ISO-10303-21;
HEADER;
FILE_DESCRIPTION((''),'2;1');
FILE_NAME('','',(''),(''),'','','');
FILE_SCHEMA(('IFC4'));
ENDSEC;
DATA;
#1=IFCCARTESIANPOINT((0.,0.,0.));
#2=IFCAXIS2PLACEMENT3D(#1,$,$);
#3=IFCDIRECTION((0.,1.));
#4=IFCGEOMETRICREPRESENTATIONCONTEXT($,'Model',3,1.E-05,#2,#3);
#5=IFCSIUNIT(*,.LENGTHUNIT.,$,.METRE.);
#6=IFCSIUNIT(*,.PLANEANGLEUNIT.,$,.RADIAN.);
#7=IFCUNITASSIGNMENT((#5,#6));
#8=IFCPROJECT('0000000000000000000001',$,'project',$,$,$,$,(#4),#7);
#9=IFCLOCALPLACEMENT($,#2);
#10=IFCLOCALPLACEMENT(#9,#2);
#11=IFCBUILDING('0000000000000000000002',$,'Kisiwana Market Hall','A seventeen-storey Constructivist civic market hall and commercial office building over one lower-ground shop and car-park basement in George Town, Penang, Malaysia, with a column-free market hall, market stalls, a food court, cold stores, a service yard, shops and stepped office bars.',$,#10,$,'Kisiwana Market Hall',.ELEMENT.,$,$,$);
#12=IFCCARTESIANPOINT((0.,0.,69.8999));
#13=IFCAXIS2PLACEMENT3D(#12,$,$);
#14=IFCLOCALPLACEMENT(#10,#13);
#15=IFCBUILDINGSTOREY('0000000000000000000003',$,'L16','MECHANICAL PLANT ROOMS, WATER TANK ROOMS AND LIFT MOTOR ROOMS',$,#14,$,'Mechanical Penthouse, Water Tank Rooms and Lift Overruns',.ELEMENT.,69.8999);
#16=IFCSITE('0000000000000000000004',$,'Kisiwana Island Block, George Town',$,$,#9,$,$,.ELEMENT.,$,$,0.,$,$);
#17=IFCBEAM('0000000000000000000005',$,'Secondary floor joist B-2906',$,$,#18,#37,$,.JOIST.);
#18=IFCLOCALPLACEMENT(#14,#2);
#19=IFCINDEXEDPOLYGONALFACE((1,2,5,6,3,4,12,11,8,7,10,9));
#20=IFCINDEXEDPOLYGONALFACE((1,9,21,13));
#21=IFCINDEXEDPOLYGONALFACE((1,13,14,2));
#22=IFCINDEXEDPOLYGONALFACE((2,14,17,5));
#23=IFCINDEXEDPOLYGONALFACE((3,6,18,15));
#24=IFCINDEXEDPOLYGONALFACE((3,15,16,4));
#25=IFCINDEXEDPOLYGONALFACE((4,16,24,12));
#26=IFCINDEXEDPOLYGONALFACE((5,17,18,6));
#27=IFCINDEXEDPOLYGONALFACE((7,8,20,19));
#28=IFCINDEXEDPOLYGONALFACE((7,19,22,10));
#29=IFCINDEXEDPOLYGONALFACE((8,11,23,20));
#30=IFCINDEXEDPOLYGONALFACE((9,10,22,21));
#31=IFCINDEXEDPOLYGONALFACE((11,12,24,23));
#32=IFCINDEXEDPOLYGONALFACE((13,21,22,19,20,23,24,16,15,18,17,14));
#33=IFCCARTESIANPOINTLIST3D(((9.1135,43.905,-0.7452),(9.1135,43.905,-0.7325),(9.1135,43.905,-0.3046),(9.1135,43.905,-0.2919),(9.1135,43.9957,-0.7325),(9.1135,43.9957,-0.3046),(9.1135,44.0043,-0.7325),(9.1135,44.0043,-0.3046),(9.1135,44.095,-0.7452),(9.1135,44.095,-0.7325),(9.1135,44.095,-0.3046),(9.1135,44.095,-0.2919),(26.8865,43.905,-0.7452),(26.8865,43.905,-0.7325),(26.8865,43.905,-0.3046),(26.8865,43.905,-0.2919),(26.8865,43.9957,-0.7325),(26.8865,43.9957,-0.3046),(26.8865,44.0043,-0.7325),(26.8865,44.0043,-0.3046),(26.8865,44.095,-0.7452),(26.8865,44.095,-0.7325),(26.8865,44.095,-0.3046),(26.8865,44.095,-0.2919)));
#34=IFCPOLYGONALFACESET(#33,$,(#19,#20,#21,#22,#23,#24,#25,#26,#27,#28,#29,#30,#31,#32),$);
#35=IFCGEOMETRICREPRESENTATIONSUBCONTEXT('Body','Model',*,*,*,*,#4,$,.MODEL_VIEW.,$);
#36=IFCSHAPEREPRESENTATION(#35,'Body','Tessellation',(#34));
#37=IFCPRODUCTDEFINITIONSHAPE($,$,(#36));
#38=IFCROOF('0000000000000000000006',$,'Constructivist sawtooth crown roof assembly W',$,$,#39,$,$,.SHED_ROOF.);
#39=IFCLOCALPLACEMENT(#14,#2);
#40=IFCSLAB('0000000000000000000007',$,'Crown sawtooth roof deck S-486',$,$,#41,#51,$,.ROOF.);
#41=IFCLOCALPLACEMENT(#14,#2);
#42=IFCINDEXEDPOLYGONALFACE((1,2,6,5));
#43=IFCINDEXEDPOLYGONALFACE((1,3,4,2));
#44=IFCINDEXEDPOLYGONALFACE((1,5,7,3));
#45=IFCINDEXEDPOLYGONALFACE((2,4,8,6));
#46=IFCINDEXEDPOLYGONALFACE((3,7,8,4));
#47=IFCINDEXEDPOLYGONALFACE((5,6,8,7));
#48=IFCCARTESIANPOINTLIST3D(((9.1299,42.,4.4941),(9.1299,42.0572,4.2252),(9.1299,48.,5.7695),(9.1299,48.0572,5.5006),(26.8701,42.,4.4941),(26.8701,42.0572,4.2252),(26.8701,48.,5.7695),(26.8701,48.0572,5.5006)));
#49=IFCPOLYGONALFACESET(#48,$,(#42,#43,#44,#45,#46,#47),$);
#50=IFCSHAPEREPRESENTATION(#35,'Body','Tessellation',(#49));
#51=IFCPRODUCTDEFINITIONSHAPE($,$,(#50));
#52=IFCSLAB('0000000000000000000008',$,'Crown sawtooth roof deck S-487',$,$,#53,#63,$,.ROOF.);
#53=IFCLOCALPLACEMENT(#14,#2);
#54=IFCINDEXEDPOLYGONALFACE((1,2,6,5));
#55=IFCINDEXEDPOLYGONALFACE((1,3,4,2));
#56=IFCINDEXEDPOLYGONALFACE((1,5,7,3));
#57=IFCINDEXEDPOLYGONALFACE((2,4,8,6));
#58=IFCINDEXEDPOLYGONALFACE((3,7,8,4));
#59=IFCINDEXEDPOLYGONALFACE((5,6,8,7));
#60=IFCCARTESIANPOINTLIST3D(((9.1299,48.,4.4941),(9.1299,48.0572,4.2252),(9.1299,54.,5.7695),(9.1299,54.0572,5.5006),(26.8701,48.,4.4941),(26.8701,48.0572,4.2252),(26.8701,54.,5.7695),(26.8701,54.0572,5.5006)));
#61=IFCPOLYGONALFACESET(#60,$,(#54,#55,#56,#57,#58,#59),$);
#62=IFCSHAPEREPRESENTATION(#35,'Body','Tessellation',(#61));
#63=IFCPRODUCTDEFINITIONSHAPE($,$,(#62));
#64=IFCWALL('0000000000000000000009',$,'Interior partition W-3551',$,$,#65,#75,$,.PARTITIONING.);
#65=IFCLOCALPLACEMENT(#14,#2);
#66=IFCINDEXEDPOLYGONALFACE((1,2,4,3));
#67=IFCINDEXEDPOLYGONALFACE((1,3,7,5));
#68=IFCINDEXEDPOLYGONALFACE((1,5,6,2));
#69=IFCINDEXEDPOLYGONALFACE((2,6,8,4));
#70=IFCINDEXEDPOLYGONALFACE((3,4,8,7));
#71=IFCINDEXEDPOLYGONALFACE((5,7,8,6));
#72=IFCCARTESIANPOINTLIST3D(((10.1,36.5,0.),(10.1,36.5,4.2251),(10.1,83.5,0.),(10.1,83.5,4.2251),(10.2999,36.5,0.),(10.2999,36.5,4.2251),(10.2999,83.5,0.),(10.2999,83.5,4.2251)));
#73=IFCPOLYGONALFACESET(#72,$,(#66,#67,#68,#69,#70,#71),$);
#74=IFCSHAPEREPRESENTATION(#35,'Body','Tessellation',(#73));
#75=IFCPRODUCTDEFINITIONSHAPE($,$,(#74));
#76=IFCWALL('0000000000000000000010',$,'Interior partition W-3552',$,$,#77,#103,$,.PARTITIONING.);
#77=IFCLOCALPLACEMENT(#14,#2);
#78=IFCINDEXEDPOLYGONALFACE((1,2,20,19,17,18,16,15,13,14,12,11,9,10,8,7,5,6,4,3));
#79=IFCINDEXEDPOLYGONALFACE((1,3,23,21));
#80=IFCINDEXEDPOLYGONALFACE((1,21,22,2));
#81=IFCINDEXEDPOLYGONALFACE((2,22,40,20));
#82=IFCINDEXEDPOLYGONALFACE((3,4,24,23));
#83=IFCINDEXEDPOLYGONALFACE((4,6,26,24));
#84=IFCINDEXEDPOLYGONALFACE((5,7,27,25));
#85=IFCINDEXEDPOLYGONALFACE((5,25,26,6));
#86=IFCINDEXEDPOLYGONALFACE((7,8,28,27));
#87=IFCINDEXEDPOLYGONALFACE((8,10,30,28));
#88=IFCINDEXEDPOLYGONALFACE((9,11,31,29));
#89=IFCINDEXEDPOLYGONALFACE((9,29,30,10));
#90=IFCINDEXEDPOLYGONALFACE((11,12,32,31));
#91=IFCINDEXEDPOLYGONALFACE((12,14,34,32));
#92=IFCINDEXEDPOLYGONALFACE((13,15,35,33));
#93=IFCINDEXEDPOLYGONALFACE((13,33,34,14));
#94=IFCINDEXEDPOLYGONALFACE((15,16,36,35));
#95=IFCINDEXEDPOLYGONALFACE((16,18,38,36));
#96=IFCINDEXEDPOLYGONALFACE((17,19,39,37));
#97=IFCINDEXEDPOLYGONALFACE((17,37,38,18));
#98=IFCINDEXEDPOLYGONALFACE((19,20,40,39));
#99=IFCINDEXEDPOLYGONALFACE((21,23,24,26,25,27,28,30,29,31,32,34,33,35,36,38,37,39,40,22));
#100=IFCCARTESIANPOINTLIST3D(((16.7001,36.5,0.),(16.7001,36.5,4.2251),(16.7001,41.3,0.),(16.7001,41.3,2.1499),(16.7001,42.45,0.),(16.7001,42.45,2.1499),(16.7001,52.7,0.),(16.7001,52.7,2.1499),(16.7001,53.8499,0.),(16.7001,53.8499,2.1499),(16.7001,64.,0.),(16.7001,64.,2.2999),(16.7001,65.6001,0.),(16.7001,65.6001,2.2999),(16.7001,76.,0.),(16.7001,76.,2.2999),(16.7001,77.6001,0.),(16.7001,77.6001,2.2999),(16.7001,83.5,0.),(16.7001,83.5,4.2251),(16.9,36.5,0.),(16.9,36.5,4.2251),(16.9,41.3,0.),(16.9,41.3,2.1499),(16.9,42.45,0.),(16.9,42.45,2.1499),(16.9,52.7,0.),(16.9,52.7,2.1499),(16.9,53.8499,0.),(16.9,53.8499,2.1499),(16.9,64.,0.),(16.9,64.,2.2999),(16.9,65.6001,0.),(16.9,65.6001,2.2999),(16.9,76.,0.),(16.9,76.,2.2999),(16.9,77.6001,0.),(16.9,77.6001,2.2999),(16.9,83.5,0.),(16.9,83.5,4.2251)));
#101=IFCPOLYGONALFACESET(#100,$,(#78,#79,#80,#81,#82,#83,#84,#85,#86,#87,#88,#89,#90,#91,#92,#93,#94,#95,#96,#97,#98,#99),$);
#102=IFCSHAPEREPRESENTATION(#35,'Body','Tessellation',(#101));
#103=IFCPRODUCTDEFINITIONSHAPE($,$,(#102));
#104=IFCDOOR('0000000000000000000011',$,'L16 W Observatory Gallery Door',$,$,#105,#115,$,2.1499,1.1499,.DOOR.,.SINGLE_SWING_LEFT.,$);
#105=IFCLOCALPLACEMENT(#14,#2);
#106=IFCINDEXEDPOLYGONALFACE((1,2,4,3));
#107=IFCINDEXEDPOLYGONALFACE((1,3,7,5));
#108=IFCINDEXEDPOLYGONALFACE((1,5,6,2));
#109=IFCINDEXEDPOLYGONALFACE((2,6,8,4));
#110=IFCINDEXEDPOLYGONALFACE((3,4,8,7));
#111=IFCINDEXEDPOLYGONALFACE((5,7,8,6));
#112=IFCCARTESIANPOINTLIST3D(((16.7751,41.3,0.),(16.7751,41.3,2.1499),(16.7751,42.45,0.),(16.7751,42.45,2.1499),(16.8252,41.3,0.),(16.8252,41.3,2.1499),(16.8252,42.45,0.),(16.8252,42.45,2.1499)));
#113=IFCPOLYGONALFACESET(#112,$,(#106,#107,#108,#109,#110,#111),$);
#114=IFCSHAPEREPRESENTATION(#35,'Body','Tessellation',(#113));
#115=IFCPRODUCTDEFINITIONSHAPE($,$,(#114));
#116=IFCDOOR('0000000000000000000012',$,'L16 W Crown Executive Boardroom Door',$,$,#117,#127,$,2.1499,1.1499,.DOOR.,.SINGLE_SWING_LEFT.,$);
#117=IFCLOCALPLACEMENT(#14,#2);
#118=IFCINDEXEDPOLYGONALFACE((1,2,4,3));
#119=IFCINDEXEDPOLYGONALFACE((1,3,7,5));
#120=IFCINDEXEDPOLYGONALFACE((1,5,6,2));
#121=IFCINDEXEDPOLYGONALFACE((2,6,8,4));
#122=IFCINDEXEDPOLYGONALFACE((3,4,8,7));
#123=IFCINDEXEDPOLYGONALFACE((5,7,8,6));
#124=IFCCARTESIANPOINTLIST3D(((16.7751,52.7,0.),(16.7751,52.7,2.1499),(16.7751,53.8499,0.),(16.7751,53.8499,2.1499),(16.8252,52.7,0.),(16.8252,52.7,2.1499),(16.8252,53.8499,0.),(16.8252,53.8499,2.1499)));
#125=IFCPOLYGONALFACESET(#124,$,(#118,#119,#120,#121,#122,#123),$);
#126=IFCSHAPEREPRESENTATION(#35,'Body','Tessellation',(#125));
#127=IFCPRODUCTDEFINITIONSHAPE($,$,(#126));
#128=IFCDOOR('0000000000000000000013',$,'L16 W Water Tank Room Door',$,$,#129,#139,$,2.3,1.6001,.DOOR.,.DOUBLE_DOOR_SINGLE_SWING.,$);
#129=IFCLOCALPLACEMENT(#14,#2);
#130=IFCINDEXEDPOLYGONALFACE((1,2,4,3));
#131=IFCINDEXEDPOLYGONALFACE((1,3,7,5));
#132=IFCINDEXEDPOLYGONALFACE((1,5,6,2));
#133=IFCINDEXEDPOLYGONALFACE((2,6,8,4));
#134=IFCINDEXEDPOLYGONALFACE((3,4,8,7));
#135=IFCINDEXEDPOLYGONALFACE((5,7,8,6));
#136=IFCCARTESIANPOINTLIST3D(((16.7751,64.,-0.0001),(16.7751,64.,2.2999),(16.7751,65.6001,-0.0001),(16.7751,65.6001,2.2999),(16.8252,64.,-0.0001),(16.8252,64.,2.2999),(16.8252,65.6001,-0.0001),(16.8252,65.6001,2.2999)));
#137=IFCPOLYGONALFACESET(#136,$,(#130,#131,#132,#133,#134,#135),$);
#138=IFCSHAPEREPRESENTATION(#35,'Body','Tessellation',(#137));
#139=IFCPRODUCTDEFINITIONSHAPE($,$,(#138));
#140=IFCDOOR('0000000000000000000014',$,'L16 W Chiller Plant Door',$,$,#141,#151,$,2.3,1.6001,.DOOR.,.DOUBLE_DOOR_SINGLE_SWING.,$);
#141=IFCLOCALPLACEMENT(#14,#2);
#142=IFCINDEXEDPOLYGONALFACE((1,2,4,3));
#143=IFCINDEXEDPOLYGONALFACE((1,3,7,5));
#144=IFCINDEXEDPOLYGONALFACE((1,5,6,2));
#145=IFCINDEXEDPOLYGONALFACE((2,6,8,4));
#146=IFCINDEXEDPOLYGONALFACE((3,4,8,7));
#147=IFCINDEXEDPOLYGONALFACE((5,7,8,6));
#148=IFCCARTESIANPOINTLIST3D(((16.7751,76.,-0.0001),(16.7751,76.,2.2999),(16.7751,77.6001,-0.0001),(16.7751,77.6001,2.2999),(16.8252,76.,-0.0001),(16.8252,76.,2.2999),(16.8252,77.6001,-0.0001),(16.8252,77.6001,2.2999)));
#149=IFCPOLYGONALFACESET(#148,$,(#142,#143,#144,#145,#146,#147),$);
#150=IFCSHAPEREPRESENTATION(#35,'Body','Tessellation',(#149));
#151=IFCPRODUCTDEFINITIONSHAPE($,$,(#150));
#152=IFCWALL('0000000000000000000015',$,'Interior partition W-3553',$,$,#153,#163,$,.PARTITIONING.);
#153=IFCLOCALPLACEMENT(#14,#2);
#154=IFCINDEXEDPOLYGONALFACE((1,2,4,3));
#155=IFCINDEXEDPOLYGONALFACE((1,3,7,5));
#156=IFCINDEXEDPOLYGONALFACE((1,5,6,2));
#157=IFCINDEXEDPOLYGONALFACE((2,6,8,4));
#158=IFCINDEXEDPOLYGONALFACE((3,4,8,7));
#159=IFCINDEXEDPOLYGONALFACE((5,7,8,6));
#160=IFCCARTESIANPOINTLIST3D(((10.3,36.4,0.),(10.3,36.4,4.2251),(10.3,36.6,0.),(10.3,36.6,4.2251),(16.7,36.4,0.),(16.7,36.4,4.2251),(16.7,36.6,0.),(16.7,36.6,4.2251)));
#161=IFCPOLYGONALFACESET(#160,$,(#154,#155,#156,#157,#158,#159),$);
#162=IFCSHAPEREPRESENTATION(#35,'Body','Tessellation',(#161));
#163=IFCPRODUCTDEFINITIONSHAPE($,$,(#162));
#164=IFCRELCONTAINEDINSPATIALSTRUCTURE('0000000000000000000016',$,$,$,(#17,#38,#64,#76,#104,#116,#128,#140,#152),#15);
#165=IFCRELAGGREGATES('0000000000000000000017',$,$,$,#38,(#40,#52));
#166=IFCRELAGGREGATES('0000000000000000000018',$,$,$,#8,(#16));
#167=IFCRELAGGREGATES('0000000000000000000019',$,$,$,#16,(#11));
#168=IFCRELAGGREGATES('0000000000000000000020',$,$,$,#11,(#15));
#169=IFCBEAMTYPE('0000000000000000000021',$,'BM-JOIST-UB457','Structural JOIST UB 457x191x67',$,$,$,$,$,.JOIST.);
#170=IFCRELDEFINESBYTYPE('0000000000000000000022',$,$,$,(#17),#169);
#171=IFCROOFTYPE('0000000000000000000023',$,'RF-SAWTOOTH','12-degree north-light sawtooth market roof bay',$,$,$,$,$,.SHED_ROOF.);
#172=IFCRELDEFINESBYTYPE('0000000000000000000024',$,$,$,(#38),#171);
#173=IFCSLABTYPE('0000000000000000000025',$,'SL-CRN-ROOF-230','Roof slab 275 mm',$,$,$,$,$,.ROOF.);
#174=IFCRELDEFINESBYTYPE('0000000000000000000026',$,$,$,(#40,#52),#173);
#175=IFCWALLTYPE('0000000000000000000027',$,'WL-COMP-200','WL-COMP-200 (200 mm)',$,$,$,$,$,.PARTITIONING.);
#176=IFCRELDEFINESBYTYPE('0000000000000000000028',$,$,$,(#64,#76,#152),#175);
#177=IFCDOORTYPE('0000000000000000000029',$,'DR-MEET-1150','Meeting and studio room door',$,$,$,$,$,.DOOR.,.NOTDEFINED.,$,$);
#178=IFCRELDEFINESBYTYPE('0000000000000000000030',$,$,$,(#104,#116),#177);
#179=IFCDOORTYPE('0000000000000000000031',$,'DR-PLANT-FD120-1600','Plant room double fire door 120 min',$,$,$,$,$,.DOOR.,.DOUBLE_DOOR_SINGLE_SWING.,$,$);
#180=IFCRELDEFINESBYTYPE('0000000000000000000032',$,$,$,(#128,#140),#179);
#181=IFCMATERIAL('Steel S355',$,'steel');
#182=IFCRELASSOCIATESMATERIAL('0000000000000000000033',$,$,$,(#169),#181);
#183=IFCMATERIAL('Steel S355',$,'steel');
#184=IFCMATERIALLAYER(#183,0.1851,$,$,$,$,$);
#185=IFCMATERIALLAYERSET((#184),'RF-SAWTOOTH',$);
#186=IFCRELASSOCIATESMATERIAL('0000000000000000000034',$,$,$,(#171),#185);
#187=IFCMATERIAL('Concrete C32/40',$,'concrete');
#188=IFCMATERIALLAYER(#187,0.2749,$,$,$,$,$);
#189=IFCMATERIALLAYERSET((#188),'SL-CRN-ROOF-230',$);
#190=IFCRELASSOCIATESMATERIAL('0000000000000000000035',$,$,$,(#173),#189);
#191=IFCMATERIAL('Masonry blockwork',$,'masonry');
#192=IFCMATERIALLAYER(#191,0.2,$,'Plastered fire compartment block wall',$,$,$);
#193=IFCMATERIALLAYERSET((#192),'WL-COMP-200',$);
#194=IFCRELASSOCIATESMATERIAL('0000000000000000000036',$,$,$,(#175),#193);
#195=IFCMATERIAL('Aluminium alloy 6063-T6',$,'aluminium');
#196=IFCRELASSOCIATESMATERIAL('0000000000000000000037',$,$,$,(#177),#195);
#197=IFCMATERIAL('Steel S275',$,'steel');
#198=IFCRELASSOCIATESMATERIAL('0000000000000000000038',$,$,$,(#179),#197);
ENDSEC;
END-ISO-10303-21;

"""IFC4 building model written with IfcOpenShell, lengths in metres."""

from ifc_helpers import new_model, si_unit, direction, frame, frame_2d, origin, origin_2d, place, context, subcontext, project, spatial, polyline, rectangle, i_section, outline, extrude, material, layer, layer_set, material_profile, profile_set, type_object, element, fill, aggregate, save


model = new_model("IFC4")

# Units and contexts
model_context = context("Model", 3, precision=1e-05, world=origin(), true_north=direction((0.0, 1.0)))
body_context = subcontext(model_context, "Body", "Model", "MODEL_VIEW")
ifc_project = project(units=[si_unit("LENGTHUNIT", "METRE"), si_unit("PLANEANGLEUNIT", "RADIAN")], contexts=[model_context])

# Site, building, storey
site_placement = place(None, origin())
site = spatial("IfcSite", under=ifc_project, at=site_placement, Name="Kisiwana Island Block, George Town", CompositionType="ELEMENT", RefElevation=0.0)
building_placement = place(site_placement, origin())
building = spatial("IfcBuilding", under=site, at=building_placement, Name="Kisiwana Market Hall", Description="A seventeen-storey Constructivist civic market hall and commercial office building over one lower-ground shop and car-park basement in George Town, Penang, Malaysia, with a column-free market hall, market stalls, a food court, cold stores, a service yard, shops and stepped office bars.", LongName="Kisiwana Market Hall", CompositionType="ELEMENT")
storey_placement = place(building_placement, frame((0.0, 0.0, 69.8999)))
storey = spatial("IfcBuildingStorey", under=building, at=storey_placement, Name="L16", Description="MECHANICAL PLANT ROOMS, WATER TANK ROOMS AND LIFT MOTOR ROOMS", LongName="Mechanical Penthouse, Water Tank Rooms and Lift Overruns", CompositionType="ELEMENT", Elevation=69.8999)

# Beam
ifc_material_1 = material(Name="Steel S355", Category="steel")
ifc_material_profile_1 = material_profile(ifc_material_1, i_section(OverallWidth=0.1899, OverallDepth=0.4534, WebThickness=0.0085, FlangeThickness=0.0127, at=origin_2d()), Name="UB 457x191x67")
ifc_profile_set_1 = profile_set([ifc_material_profile_1], Name="Steel S355")
beam_type_1 = type_object("IfcBeamType", Name="BM-JOIST-UB457", Description="Structural JOIST UB 457x191x67", PredefinedType="JOIST", material=ifc_profile_set_1)
beam_placement = place(storey_placement, frame((9.1135, 44.0, -0.5186), z_axis=(1.0, 0.0, 0.0), x_axis=(0.0, 1.0, 0.0)))
element("IfcBeam", 1, at=beam_placement, inside=storey, type_object=beam_type_1, Name="Secondary floor joist B-2906", PredefinedType="JOIST", context=body_context, shape_type="SweptSolid", body=[
    extrude(i_section(OverallWidth=0.1899, OverallDepth=0.4534, WebThickness=0.0085, FlangeThickness=0.0127, at=origin_2d()), origin(), (0.0, 0.0, 1.0), 17.7729),
])

# Roof, slabs
ifc_material_2 = material(Name="Steel S355", Category="steel")
ifc_layer_1 = layer(ifc_material_2, 0.1851)
ifc_layer_set_1 = layer_set([ifc_layer_1], Name="RF-SAWTOOTH")
roof_type = type_object("IfcRoofType", Name="RF-SAWTOOTH", Description="12-degree north-light sawtooth market roof bay", PredefinedType="SHED_ROOF", material=ifc_layer_set_1)
roof_placement = place(storey_placement, origin())
roof = element("IfcRoof", 2, at=roof_placement, inside=storey, type_object=roof_type, Name="Constructivist sawtooth crown roof assembly W", PredefinedType="SHED_ROOF")
ifc_material_3 = material(Name="Concrete C32/40", Category="concrete")
ifc_layer_2 = layer(ifc_material_3, 0.2749)
ifc_layer_set_2 = layer_set([ifc_layer_2], Name="SL-CRN-ROOF-230")
slab_type = type_object("IfcSlabType", Name="SL-CRN-ROOF-230", Description="Roof slab 275 mm", PredefinedType="ROOF", material=ifc_layer_set_2)
slab_1_placement = place(storey_placement, frame((9.1299, 42.0, 4.4941), z_axis=(0.0, -0.20792, 0.978146), x_axis=(1.0, 0.0, 0.0)))
slab_1 = element("IfcSlab", 3, at=slab_1_placement, type_object=slab_type, Name="Crown sawtooth roof deck S-486", PredefinedType="ROOF", context=body_context, shape_type="SweptSolid", body=[
    extrude(outline(polyline([(0.0, 0.0), (17.7402, 0.0), (17.7402, 6.1341), (0.0, 6.1341), (0.0, 0.0)])), origin(), (0.0, 0.0, -1.0), 0.2749),
])
slab_2_placement = place(storey_placement, frame((9.1299, 48.0, 4.4941), z_axis=(0.0, -0.20792, 0.978146), x_axis=(1.0, 0.0, 0.0)))
slab_2 = element("IfcSlab", 4, at=slab_2_placement, type_object=slab_type, Name="Crown sawtooth roof deck S-487", PredefinedType="ROOF", context=body_context, shape_type="SweptSolid", body=[
    extrude(outline(polyline([(0.0, 0.0), (17.7402, 0.0), (17.7402, 6.1341), (0.0, 6.1341), (0.0, 0.0)])), origin(), (0.0, 0.0, -1.0), 0.2749),
])
aggregate(roof, [slab_1, slab_2])

# Wall
ifc_material_4 = material(Name="Masonry blockwork", Category="masonry")
ifc_layer_3 = layer(ifc_material_4, 0.2, Name="Plastered fire compartment block wall")
ifc_layer_set_3 = layer_set([ifc_layer_3], Name="WL-COMP-200")
wall_type_1 = type_object("IfcWallType", Name="WL-COMP-200", Description="WL-COMP-200 (200 mm)", PredefinedType="PARTITIONING", material=ifc_layer_set_3)
wall_1_placement = place(storey_placement, frame((10.2, 36.5, 0.0), z_axis=(0.0, 0.0, 1.0), x_axis=(0.0, 1.0, 0.0)))
element("IfcWall", 5, at=wall_1_placement, inside=storey, type_object=wall_type_1, Name="Interior partition W-3551", PredefinedType="PARTITIONING", context=body_context, shape_type="SweptSolid", body=[
    extrude(rectangle(XDim=47.0, YDim=0.2, at=frame_2d((23.5, 0.0))), origin(), (0.0, 0.0, 1.0), 4.2251),
])

# Wall, openings, doors
wall_2_placement = place(storey_placement, frame((16.8, 36.5, 0.0), z_axis=(0.0, 0.0, 1.0), x_axis=(0.0, 1.0, 0.0)))
wall_2 = element("IfcWall", 6, at=wall_2_placement, inside=storey, type_object=wall_type_1, Name="Interior partition W-3552", PredefinedType="PARTITIONING", context=body_context, shape_type="SweptSolid", body=[
    extrude(rectangle(XDim=47.0, YDim=0.2, at=frame_2d((23.5, 0.0))), origin(), (0.0, 0.0, 1.0), 4.2251),
])
opening_1_placement = place(wall_2_placement, frame((4.8, 0.0, 0.0)))
opening_1 = element("IfcOpeningElement", 7, at=opening_1_placement, cuts=wall_2, PredefinedType="OPENING", context=body_context, shape_type="SweptSolid", body=[
    extrude(rectangle(XDim=1.1499, YDim=2.1499, at=frame_2d((0.575, 1.075))), frame((0.0, 0.1118, 0.0), z_axis=(0.0, -1.0, 0.0), x_axis=(1.0, 0.0, 0.0)), (0.0, 0.0, 1.0), 0.2239),
])
opening_2_placement = place(wall_2_placement, frame((16.2, 0.0, 0.0)))
opening_2 = element("IfcOpeningElement", 8, at=opening_2_placement, cuts=wall_2, PredefinedType="OPENING", context=body_context, shape_type="SweptSolid", body=[
    extrude(rectangle(XDim=1.1499, YDim=2.1499, at=frame_2d((0.575, 1.075))), frame((0.0, 0.1118, 0.0), z_axis=(0.0, -1.0, 0.0), x_axis=(1.0, 0.0, 0.0)), (0.0, 0.0, 1.0), 0.2239),
])
opening_3_placement = place(wall_2_placement, frame((27.5, 0.0, 0.0)))
opening_3 = element("IfcOpeningElement", 9, at=opening_3_placement, cuts=wall_2, PredefinedType="OPENING", context=body_context, shape_type="SweptSolid", body=[
    extrude(rectangle(XDim=1.6001, YDim=2.3, at=frame_2d((0.8, 1.1499))), frame((0.0, 0.1118, 0.0), z_axis=(0.0, -1.0, 0.0), x_axis=(1.0, 0.0, 0.0)), (0.0, 0.0, 1.0), 0.2239),
])
opening_4_placement = place(wall_2_placement, frame((39.5, 0.0, 0.0)))
opening_4 = element("IfcOpeningElement", 10, at=opening_4_placement, cuts=wall_2, PredefinedType="OPENING", context=body_context, shape_type="SweptSolid", body=[
    extrude(rectangle(XDim=1.6001, YDim=2.3, at=frame_2d((0.8, 1.1499))), frame((0.0, 0.1118, 0.0), z_axis=(0.0, -1.0, 0.0), x_axis=(1.0, 0.0, 0.0)), (0.0, 0.0, 1.0), 0.2239),
])
ifc_material_5 = material(Name="Aluminium alloy 6063-T6", Category="aluminium")
door_type_1 = type_object("IfcDoorType", Name="DR-MEET-1150", Description="Meeting and studio room door", OperationType="NOTDEFINED", PredefinedType="DOOR", material=ifc_material_5)
door_1_placement = place(opening_1_placement, origin())
door_1 = element("IfcDoor", 11, at=door_1_placement, inside=storey, type_object=door_type_1, Name="L16 W Observatory Gallery Door", OperationType="SINGLE_SWING_LEFT", OverallHeight=2.1499, OverallWidth=1.1499, PredefinedType="DOOR", context=body_context, shape_type="SweptSolid", body=[
    extrude(rectangle(XDim=1.1499, YDim=2.1499, at=frame_2d((0.575, 1.075))), frame((0.0, 0.0249, 0.0), z_axis=(0.0, -1.0, 0.0), x_axis=(1.0, 0.0, 0.0)), (0.0, 0.0, 1.0), 0.05),
])
fill(opening_1, door_1)
door_2_placement = place(opening_2_placement, origin())
door_2 = element("IfcDoor", 12, at=door_2_placement, inside=storey, type_object=door_type_1, Name="L16 W Crown Executive Boardroom Door", OperationType="SINGLE_SWING_LEFT", OverallHeight=2.1499, OverallWidth=1.1499, PredefinedType="DOOR", context=body_context, shape_type="SweptSolid", body=[
    extrude(rectangle(XDim=1.1499, YDim=2.1499, at=frame_2d((0.575, 1.075))), frame((0.0, 0.0249, 0.0), z_axis=(0.0, -1.0, 0.0), x_axis=(1.0, 0.0, 0.0)), (0.0, 0.0, 1.0), 0.05),
])
fill(opening_2, door_2)
ifc_material_6 = material(Name="Steel S275", Category="steel")
door_type_2 = type_object("IfcDoorType", Name="DR-PLANT-FD120-1600", Description="Plant room double fire door 120 min", OperationType="DOUBLE_DOOR_SINGLE_SWING", PredefinedType="DOOR", material=ifc_material_6)
door_3_placement = place(opening_3_placement, origin())
door_3 = element("IfcDoor", 13, at=door_3_placement, inside=storey, type_object=door_type_2, Name="L16 W Water Tank Room Door", OperationType="DOUBLE_DOOR_SINGLE_SWING", OverallHeight=2.3, OverallWidth=1.6001, PredefinedType="DOOR", context=body_context, shape_type="SweptSolid", body=[
    extrude(rectangle(XDim=1.6001, YDim=2.3, at=frame_2d((0.8, 1.1499))), frame((0.0, 0.0249, 0.0), z_axis=(0.0, -1.0, 0.0), x_axis=(1.0, 0.0, 0.0)), (0.0, 0.0, 1.0), 0.05),
])
fill(opening_3, door_3)
door_4_placement = place(opening_4_placement, origin())
door_4 = element("IfcDoor", 14, at=door_4_placement, inside=storey, type_object=door_type_2, Name="L16 W Chiller Plant Door", OperationType="DOUBLE_DOOR_SINGLE_SWING", OverallHeight=2.3, OverallWidth=1.6001, PredefinedType="DOOR", context=body_context, shape_type="SweptSolid", body=[
    extrude(rectangle(XDim=1.6001, YDim=2.3, at=frame_2d((0.8, 1.1499))), frame((0.0, 0.0249, 0.0), z_axis=(0.0, -1.0, 0.0), x_axis=(1.0, 0.0, 0.0)), (0.0, 0.0, 1.0), 0.05),
])
fill(opening_4, door_4)

# Wall
wall_3_placement = place(storey_placement, frame((10.3, 36.5, 0.0), z_axis=(0.0, 0.0, 1.0), x_axis=(1.0, 0.0, 0.0)))
element("IfcWall", 15, at=wall_3_placement, inside=storey, type_object=wall_type_1, Name="Interior partition W-3553", PredefinedType="PARTITIONING", context=body_context, shape_type="SweptSolid", body=[
    extrude(rectangle(XDim=6.3999, YDim=0.2, at=frame_2d((3.2, 0.0))), origin(), (0.0, 0.0, 1.0), 4.2251),
])

save(model, "model.ifc")
